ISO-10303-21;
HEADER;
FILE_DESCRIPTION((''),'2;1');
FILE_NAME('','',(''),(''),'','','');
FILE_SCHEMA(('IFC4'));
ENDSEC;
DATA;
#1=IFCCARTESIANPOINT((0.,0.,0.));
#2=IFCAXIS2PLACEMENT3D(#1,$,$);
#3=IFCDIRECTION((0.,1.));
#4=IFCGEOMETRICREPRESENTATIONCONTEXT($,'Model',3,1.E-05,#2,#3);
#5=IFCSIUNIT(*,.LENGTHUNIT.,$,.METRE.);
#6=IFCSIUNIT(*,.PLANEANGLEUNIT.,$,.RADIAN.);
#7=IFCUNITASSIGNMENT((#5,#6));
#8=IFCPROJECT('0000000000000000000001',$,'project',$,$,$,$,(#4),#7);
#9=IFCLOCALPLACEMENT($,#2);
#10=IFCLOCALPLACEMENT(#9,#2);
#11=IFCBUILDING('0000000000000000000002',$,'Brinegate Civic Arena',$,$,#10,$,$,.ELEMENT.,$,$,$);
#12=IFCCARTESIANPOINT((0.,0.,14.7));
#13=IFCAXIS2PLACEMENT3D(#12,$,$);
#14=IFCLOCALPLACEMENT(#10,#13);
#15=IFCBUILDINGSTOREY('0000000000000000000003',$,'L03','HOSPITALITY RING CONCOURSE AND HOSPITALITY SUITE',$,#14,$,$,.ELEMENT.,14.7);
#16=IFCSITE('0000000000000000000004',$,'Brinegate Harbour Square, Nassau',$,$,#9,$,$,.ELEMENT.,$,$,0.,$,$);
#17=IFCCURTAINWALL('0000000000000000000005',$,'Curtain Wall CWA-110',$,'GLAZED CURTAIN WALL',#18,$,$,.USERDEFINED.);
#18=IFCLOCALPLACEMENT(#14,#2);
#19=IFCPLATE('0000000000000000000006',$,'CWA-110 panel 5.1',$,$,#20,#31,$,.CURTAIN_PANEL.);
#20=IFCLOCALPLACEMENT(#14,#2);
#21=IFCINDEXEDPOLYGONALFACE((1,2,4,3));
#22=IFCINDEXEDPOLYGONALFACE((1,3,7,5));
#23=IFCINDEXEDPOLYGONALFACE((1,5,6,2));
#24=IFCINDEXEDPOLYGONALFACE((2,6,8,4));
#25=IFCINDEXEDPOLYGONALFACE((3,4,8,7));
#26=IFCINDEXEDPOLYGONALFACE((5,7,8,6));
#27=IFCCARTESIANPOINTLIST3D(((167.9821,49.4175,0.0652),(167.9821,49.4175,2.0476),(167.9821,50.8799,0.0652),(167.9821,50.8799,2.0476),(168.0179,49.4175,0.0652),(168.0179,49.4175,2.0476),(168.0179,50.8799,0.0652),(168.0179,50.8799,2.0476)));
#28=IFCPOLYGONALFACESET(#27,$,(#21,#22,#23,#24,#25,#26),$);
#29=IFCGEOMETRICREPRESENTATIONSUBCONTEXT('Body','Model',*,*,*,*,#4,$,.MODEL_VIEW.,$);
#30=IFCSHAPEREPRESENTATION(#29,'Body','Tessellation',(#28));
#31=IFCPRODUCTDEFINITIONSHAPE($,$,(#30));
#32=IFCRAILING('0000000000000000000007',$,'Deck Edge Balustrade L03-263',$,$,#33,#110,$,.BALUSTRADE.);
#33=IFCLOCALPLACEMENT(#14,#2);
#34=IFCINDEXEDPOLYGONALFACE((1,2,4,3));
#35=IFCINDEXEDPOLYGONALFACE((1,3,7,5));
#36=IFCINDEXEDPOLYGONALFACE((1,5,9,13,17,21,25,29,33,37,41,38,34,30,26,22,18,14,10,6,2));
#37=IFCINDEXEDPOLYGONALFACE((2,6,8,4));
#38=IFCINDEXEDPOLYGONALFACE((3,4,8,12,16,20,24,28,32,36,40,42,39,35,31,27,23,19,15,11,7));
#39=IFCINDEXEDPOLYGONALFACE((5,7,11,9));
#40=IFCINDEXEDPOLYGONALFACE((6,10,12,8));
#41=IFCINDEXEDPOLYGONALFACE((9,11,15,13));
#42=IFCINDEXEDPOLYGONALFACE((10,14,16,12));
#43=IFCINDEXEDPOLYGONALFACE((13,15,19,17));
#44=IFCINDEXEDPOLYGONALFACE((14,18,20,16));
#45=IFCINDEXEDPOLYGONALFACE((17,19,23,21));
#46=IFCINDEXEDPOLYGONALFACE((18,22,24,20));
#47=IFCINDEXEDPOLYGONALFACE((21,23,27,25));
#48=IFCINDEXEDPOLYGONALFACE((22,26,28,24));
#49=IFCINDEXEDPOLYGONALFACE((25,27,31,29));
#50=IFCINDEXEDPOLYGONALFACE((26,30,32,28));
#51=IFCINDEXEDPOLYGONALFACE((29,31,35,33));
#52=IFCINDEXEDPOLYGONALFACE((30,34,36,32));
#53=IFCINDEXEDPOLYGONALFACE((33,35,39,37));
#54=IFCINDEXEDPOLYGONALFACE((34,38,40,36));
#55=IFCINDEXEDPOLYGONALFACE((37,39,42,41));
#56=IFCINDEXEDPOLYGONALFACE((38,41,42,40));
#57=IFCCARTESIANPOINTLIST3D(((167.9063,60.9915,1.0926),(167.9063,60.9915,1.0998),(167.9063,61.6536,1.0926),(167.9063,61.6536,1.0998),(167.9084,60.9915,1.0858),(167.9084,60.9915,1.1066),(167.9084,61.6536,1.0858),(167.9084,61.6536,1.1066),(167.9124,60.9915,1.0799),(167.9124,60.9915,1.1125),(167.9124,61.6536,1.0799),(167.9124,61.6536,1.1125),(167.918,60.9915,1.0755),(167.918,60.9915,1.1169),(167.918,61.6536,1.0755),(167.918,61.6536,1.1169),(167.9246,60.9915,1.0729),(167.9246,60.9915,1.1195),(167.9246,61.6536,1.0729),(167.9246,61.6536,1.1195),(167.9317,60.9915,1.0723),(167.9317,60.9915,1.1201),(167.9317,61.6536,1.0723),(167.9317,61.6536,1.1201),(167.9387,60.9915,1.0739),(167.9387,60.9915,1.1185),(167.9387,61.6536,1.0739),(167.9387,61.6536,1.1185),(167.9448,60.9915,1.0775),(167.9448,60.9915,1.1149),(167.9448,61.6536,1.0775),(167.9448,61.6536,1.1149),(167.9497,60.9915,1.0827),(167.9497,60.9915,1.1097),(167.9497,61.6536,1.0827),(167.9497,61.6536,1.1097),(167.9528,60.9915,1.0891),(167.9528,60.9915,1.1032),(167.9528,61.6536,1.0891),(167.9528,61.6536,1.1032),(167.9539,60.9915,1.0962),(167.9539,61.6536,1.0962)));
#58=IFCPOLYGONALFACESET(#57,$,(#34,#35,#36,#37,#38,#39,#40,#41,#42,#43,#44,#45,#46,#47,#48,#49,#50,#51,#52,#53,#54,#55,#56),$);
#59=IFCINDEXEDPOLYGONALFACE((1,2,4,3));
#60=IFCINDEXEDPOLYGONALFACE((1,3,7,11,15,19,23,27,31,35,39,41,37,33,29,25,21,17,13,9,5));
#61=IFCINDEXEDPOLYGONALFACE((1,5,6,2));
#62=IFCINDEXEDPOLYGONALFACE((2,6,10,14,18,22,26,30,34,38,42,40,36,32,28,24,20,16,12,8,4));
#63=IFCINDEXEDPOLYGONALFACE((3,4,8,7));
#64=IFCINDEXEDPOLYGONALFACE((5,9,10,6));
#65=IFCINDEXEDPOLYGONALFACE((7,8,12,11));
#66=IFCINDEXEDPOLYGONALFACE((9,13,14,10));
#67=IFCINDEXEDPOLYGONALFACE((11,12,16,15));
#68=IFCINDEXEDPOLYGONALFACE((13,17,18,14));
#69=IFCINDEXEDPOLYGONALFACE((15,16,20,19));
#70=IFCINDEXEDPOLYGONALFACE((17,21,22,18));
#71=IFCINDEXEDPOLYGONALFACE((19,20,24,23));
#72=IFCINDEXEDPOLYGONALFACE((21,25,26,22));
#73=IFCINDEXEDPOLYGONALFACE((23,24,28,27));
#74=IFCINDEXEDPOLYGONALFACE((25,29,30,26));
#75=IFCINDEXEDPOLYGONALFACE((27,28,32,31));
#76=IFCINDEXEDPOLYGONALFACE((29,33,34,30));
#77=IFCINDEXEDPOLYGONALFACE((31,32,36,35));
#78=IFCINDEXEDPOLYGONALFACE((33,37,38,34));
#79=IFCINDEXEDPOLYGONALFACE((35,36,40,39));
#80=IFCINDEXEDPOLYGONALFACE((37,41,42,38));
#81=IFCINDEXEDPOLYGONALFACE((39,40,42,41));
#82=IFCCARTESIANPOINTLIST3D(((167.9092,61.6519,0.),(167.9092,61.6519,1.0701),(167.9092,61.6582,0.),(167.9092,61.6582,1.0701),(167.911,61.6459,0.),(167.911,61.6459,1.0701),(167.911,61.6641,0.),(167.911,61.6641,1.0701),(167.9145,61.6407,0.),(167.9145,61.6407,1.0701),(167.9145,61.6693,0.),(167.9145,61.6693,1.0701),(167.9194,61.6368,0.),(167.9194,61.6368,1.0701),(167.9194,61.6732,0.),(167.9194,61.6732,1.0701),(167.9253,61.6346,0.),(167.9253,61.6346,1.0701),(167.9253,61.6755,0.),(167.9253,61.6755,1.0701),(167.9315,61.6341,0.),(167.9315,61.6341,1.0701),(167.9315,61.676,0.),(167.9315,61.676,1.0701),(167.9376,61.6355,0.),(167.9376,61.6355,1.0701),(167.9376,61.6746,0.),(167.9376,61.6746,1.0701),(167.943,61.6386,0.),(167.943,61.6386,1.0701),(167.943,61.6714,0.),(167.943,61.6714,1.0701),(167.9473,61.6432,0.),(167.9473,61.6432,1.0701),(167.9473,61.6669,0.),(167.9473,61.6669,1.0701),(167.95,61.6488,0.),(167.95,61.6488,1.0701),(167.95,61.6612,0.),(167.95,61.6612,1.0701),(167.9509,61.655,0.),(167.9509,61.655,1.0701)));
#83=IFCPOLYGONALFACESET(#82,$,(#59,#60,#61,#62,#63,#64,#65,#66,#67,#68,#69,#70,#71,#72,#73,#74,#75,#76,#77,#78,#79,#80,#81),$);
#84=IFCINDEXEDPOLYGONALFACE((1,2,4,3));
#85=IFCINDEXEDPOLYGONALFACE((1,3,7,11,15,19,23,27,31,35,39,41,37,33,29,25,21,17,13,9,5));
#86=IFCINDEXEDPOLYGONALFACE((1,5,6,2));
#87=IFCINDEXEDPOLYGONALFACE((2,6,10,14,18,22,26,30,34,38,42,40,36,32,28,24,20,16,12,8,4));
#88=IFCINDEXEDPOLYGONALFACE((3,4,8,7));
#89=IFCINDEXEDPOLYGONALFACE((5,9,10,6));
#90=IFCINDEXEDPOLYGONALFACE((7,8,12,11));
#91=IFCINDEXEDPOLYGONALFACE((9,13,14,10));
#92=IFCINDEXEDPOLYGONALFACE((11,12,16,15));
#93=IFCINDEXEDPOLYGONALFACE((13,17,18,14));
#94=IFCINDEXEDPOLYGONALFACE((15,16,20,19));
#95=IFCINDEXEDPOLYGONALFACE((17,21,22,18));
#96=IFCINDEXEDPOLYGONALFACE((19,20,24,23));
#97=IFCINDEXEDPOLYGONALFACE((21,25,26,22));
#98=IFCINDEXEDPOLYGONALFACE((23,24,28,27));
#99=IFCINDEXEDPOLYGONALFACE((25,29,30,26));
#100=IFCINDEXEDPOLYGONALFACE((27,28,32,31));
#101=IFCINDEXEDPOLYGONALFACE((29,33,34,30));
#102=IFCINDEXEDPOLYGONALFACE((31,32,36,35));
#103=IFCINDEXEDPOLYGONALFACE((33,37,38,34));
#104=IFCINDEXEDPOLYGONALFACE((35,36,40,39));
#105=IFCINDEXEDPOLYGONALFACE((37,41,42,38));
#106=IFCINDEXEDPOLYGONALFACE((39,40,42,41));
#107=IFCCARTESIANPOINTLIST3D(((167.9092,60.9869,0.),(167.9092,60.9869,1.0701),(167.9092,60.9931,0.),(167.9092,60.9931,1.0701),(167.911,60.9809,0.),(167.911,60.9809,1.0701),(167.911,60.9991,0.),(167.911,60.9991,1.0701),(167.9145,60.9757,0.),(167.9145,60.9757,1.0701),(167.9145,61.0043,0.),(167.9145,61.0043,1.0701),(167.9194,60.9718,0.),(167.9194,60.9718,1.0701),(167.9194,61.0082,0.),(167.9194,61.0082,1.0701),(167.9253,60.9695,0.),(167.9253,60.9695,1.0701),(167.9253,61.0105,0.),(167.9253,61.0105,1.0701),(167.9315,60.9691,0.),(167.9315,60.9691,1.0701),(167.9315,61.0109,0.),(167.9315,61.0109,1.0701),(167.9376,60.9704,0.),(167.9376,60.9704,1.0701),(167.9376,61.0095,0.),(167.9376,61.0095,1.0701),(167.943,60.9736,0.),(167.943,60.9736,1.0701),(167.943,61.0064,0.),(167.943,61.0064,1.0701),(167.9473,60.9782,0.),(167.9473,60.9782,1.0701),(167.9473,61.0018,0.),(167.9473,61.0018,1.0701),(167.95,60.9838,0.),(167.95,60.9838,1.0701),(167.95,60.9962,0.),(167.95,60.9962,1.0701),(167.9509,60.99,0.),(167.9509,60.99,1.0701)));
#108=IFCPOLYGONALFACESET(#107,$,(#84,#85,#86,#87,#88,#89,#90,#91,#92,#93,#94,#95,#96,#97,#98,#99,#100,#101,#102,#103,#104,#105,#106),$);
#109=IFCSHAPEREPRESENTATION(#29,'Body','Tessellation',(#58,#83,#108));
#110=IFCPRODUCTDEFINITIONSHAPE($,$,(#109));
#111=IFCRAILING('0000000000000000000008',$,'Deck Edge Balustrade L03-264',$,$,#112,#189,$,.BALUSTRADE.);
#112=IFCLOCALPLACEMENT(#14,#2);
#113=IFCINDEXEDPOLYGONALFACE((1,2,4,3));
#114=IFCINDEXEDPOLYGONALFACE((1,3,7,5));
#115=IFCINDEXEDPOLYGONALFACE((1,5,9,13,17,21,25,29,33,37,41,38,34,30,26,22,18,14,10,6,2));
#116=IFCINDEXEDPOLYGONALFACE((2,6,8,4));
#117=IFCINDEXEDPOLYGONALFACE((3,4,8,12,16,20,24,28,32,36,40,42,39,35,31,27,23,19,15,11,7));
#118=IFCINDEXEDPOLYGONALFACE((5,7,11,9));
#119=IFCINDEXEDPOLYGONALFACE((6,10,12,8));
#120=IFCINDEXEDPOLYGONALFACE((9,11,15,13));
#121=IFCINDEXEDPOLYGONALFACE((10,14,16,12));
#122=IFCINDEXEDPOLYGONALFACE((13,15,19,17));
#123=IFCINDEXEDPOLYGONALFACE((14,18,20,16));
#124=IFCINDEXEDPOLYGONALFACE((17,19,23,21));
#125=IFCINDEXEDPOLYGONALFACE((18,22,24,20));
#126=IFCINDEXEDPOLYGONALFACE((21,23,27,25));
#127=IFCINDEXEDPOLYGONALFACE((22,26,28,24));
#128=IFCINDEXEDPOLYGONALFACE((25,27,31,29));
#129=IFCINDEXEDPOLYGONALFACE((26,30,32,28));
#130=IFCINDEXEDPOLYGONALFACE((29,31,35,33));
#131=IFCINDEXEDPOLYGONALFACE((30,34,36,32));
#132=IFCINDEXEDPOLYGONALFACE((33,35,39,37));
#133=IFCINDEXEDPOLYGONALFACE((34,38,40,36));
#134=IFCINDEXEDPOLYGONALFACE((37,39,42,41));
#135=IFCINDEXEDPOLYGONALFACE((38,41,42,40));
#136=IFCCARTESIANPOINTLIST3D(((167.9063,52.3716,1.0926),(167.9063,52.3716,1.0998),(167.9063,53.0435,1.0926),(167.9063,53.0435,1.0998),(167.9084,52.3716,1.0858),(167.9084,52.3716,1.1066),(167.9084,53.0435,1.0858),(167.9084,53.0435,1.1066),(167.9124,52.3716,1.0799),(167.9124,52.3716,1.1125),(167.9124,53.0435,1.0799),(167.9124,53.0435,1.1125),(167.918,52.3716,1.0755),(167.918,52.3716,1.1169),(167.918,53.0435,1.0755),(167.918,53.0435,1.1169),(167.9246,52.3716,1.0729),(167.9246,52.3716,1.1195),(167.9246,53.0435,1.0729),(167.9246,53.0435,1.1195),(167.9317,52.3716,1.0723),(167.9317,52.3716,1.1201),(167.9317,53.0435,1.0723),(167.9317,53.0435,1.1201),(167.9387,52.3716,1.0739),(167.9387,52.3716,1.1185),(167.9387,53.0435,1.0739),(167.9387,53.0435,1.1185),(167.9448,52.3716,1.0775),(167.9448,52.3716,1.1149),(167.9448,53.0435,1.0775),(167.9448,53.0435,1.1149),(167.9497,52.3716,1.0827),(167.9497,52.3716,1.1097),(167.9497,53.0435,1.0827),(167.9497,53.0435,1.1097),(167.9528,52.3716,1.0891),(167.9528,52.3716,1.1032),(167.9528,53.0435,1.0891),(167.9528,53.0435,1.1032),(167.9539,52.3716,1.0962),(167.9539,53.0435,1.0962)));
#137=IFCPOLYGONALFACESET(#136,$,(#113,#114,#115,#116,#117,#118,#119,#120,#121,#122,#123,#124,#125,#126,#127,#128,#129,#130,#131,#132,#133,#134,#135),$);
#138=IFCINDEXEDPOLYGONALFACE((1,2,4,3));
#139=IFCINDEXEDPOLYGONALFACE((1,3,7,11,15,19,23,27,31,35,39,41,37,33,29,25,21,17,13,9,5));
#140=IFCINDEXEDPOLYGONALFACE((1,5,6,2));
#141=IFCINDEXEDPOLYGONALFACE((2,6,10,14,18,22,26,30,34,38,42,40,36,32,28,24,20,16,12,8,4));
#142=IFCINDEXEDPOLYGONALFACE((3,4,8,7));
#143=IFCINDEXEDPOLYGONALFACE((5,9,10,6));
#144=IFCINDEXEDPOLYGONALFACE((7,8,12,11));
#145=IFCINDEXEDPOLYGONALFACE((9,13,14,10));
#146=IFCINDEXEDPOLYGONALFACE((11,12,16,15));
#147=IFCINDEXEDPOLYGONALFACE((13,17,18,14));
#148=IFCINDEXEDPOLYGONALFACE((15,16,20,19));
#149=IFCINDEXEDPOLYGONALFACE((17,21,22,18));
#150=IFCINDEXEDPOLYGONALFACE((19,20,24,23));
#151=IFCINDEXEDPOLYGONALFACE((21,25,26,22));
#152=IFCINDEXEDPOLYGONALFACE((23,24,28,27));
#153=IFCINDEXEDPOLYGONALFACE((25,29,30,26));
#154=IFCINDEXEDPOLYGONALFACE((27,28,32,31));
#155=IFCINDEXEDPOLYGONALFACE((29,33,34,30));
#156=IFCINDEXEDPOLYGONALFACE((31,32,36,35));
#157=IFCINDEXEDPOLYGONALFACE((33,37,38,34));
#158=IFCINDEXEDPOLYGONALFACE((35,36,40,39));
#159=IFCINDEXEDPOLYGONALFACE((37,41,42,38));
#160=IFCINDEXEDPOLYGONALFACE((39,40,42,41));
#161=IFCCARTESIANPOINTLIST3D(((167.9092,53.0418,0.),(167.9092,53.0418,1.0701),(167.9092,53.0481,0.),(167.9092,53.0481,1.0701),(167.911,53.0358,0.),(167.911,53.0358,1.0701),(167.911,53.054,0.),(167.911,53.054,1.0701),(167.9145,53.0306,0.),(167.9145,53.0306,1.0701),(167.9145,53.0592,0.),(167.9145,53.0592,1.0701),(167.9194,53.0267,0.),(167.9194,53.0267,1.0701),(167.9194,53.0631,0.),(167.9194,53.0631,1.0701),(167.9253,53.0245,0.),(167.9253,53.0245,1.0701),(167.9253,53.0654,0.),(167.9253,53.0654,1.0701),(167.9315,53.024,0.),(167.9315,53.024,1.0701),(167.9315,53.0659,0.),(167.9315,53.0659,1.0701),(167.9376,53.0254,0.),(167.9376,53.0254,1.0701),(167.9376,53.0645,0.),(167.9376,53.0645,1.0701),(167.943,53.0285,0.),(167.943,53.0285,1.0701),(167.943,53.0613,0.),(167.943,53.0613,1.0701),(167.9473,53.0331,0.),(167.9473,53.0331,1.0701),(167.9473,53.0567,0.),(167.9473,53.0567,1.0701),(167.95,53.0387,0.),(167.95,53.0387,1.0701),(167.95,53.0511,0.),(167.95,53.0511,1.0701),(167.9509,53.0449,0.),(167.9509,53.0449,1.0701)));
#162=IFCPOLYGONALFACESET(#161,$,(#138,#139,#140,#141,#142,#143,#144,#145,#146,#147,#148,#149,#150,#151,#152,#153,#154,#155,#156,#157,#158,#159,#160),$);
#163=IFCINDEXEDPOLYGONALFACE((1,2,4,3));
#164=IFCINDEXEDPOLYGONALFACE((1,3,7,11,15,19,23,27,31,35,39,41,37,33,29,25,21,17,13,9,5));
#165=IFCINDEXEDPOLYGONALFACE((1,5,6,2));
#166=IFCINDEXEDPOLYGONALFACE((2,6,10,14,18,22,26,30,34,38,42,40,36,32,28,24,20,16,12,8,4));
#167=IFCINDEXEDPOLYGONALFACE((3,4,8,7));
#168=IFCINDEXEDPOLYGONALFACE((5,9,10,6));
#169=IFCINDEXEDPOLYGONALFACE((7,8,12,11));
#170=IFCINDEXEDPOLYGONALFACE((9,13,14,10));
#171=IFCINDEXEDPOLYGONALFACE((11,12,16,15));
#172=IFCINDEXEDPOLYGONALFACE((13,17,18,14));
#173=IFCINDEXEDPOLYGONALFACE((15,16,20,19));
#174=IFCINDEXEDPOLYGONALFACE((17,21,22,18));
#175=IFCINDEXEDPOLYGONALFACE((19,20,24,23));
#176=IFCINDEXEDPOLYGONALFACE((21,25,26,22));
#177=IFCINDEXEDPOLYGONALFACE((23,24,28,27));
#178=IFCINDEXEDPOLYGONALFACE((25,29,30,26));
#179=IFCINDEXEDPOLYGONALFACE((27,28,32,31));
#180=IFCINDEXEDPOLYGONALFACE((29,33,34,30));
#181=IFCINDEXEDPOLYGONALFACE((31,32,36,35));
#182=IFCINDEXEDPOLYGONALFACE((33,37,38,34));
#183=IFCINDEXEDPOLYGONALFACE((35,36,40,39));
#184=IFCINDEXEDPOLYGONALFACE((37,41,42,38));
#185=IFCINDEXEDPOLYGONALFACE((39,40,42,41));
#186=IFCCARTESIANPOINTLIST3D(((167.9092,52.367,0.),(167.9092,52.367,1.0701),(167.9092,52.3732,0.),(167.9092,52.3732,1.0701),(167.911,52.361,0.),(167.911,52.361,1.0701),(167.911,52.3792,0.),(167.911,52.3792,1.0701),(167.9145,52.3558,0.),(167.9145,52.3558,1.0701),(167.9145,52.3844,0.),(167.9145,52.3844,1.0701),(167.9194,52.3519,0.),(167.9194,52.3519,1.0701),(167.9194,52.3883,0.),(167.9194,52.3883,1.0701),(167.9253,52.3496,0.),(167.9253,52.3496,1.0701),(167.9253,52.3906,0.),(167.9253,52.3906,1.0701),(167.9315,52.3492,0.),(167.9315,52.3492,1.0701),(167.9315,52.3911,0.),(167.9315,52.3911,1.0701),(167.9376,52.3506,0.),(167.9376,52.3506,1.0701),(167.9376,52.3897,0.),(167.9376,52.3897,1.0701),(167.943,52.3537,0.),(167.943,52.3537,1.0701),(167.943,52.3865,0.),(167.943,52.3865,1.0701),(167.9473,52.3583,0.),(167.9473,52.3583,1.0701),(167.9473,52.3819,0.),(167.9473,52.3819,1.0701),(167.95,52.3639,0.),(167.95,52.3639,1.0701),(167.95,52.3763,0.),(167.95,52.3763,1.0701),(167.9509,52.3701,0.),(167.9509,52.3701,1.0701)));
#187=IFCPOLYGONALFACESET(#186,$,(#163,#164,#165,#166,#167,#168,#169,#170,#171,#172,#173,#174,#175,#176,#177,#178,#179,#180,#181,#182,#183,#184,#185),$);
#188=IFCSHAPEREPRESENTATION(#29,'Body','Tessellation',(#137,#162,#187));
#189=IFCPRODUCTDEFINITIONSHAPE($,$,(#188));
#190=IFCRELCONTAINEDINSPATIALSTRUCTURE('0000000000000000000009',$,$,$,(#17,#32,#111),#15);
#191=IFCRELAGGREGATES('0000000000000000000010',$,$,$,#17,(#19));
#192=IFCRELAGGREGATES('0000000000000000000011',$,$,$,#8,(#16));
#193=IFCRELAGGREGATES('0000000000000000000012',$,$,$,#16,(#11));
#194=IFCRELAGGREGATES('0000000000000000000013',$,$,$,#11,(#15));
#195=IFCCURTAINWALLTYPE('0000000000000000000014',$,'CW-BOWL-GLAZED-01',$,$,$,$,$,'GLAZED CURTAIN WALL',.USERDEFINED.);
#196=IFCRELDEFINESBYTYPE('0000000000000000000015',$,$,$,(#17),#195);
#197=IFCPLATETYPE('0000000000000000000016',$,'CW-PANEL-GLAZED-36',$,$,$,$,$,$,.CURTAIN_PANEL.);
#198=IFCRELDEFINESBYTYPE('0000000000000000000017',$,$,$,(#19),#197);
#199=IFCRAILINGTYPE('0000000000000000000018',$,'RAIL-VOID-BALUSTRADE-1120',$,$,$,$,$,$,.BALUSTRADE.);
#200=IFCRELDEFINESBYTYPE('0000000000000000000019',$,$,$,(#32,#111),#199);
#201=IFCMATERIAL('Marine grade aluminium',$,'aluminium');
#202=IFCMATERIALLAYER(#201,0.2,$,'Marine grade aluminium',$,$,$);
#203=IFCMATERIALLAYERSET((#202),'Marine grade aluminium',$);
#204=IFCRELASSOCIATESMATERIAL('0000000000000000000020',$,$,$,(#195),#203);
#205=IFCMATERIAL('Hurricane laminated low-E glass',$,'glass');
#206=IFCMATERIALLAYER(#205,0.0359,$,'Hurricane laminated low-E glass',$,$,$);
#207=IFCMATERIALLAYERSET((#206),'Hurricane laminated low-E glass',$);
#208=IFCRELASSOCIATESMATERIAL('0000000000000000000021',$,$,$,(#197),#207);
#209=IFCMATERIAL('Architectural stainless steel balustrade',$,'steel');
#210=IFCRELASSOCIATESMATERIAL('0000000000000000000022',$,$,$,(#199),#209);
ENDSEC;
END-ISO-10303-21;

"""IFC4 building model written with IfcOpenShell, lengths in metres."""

from ifc_helpers import new_model, si_unit, direction, frame, origin, origin_2d, place, context, subcontext, project, spatial, rectangle, circle, extrude, material, layer, layer_set, type_object, element, aggregate, save


model = new_model("IFC4")

# Units and contexts
model_context = context("Model", 3, precision=1e-05, world=origin(), true_north=direction((0.0, 1.0)))
body_context = subcontext(model_context, "Body", "Model", "MODEL_VIEW")
ifc_project = project(units=[si_unit("LENGTHUNIT", "METRE"), si_unit("PLANEANGLEUNIT", "RADIAN")], contexts=[model_context])

# Site, building, storey
site_placement = place(None, origin())
site = spatial("IfcSite", under=ifc_project, at=site_placement, Name="Brinegate Harbour Square, Nassau", CompositionType="ELEMENT", RefElevation=0.0)
building_placement = place(site_placement, origin())
building = spatial("IfcBuilding", under=site, at=building_placement, Name="Brinegate Civic Arena", CompositionType="ELEMENT")
storey_placement = place(building_placement, frame((0.0, 0.0, 14.7)))
storey = spatial("IfcBuildingStorey", under=building, at=storey_placement, Name="L03", Description="HOSPITALITY RING CONCOURSE AND HOSPITALITY SUITE", CompositionType="ELEMENT", Elevation=14.7)

# Curtain wall, plate
ifc_material_1 = material(Name="Marine grade aluminium", Category="aluminium")
ifc_layer_1 = layer(ifc_material_1, 0.2, Name="Marine grade aluminium")
ifc_layer_set_1 = layer_set([ifc_layer_1], Name="Marine grade aluminium")
curtain_wall_type = type_object("IfcCurtainWallType", Name="CW-BOWL-GLAZED-01", ElementType="GLAZED CURTAIN WALL", PredefinedType="USERDEFINED", material=ifc_layer_set_1)
curtain_wall_placement = place(storey_placement, origin())
curtain_wall = element("IfcCurtainWall", 1, at=curtain_wall_placement, inside=storey, type_object=curtain_wall_type, Name="Curtain Wall CWA-110", ObjectType="GLAZED CURTAIN WALL", PredefinedType="USERDEFINED")
ifc_material_2 = material(Name="Hurricane laminated low-E glass", Category="glass")
ifc_layer_2 = layer(ifc_material_2, 0.0359, Name="Hurricane laminated low-E glass")
ifc_layer_set_2 = layer_set([ifc_layer_2], Name="Hurricane laminated low-E glass")
plate_type = type_object("IfcPlateType", Name="CW-PANEL-GLAZED-36", PredefinedType="CURTAIN_PANEL", material=ifc_layer_set_2)
plate_1_placement = place(storey_placement, frame((168.0, 50.1487, 0.0652), z_axis=(0.0, 0.0, 1.0), x_axis=(0.0, 1.0, 0.0)))
plate_1 = element("IfcPlate", 2, at=plate_1_placement, type_object=plate_type, Name="CWA-110 panel 5.1", PredefinedType="CURTAIN_PANEL", context=body_context, shape_type="SweptSolid", body=[
    extrude(rectangle(XDim=1.4624, YDim=0.0359, at=origin_2d()), origin(), (0.0, 0.0, 1.0), 1.9824),
])
aggregate(curtain_wall, [plate_1])

# Railings
ifc_material_3 = material(Name="Architectural stainless steel balustrade", Category="steel")
railing_type = type_object("IfcRailingType", Name="RAIL-VOID-BALUSTRADE-1120", PredefinedType="BALUSTRADE", material=ifc_material_3)
railing_placement = place(storey_placement, frame((167.9299, 61.655, 0.0)))
element("IfcRailing", 3, at=railing_placement, inside=storey, type_object=railing_type, Name="Deck Edge Balustrade L03-263", PredefinedType="BALUSTRADE", context=body_context, shape_type="SweptSolid", body=[
    extrude(circle(Radius=0.0239, at=origin_2d()), frame((0.0, -0.0015, 1.0962), z_axis=(0.0, -1.0, 0.0), x_axis=(1.0, 0.0, 0.0)), (0.0, 0.0, 1.0), 0.6621),
    extrude(circle(Radius=0.021, at=origin_2d()), origin(), (0.0, 0.0, 1.0), 1.0701),
    extrude(circle(Radius=0.021, at=origin_2d()), frame((0.0, -0.665, 0.0)), (0.0, 0.0, 1.0), 1.0701),
])
for number, where, name in (
    (4, (167.9299, 53.0449, 0.0), "Deck Edge Balustrade L03-264"),
):
    element("IfcRailing", number, at=place(storey_placement, frame(where)), inside=storey, type_object=railing_type, Name=name, PredefinedType="BALUSTRADE", context=body_context, shape_type="SweptSolid", body=[
        extrude(circle(Radius=0.0239, at=origin_2d()), frame((0.0, -0.0015, 1.0962), z_axis=(0.0, -1.0, 0.0), x_axis=(1.0, 0.0, 0.0)), (0.0, 0.0, 1.0), 0.6719),
        extrude(circle(Radius=0.021, at=origin_2d()), origin(), (0.0, 0.0, 1.0), 1.0701),
        extrude(circle(Radius=0.021, at=origin_2d()), frame((0.0, -0.6748, 0.0)), (0.0, 0.0, 1.0), 1.0701),
    ])

save(model, "model.ifc")
